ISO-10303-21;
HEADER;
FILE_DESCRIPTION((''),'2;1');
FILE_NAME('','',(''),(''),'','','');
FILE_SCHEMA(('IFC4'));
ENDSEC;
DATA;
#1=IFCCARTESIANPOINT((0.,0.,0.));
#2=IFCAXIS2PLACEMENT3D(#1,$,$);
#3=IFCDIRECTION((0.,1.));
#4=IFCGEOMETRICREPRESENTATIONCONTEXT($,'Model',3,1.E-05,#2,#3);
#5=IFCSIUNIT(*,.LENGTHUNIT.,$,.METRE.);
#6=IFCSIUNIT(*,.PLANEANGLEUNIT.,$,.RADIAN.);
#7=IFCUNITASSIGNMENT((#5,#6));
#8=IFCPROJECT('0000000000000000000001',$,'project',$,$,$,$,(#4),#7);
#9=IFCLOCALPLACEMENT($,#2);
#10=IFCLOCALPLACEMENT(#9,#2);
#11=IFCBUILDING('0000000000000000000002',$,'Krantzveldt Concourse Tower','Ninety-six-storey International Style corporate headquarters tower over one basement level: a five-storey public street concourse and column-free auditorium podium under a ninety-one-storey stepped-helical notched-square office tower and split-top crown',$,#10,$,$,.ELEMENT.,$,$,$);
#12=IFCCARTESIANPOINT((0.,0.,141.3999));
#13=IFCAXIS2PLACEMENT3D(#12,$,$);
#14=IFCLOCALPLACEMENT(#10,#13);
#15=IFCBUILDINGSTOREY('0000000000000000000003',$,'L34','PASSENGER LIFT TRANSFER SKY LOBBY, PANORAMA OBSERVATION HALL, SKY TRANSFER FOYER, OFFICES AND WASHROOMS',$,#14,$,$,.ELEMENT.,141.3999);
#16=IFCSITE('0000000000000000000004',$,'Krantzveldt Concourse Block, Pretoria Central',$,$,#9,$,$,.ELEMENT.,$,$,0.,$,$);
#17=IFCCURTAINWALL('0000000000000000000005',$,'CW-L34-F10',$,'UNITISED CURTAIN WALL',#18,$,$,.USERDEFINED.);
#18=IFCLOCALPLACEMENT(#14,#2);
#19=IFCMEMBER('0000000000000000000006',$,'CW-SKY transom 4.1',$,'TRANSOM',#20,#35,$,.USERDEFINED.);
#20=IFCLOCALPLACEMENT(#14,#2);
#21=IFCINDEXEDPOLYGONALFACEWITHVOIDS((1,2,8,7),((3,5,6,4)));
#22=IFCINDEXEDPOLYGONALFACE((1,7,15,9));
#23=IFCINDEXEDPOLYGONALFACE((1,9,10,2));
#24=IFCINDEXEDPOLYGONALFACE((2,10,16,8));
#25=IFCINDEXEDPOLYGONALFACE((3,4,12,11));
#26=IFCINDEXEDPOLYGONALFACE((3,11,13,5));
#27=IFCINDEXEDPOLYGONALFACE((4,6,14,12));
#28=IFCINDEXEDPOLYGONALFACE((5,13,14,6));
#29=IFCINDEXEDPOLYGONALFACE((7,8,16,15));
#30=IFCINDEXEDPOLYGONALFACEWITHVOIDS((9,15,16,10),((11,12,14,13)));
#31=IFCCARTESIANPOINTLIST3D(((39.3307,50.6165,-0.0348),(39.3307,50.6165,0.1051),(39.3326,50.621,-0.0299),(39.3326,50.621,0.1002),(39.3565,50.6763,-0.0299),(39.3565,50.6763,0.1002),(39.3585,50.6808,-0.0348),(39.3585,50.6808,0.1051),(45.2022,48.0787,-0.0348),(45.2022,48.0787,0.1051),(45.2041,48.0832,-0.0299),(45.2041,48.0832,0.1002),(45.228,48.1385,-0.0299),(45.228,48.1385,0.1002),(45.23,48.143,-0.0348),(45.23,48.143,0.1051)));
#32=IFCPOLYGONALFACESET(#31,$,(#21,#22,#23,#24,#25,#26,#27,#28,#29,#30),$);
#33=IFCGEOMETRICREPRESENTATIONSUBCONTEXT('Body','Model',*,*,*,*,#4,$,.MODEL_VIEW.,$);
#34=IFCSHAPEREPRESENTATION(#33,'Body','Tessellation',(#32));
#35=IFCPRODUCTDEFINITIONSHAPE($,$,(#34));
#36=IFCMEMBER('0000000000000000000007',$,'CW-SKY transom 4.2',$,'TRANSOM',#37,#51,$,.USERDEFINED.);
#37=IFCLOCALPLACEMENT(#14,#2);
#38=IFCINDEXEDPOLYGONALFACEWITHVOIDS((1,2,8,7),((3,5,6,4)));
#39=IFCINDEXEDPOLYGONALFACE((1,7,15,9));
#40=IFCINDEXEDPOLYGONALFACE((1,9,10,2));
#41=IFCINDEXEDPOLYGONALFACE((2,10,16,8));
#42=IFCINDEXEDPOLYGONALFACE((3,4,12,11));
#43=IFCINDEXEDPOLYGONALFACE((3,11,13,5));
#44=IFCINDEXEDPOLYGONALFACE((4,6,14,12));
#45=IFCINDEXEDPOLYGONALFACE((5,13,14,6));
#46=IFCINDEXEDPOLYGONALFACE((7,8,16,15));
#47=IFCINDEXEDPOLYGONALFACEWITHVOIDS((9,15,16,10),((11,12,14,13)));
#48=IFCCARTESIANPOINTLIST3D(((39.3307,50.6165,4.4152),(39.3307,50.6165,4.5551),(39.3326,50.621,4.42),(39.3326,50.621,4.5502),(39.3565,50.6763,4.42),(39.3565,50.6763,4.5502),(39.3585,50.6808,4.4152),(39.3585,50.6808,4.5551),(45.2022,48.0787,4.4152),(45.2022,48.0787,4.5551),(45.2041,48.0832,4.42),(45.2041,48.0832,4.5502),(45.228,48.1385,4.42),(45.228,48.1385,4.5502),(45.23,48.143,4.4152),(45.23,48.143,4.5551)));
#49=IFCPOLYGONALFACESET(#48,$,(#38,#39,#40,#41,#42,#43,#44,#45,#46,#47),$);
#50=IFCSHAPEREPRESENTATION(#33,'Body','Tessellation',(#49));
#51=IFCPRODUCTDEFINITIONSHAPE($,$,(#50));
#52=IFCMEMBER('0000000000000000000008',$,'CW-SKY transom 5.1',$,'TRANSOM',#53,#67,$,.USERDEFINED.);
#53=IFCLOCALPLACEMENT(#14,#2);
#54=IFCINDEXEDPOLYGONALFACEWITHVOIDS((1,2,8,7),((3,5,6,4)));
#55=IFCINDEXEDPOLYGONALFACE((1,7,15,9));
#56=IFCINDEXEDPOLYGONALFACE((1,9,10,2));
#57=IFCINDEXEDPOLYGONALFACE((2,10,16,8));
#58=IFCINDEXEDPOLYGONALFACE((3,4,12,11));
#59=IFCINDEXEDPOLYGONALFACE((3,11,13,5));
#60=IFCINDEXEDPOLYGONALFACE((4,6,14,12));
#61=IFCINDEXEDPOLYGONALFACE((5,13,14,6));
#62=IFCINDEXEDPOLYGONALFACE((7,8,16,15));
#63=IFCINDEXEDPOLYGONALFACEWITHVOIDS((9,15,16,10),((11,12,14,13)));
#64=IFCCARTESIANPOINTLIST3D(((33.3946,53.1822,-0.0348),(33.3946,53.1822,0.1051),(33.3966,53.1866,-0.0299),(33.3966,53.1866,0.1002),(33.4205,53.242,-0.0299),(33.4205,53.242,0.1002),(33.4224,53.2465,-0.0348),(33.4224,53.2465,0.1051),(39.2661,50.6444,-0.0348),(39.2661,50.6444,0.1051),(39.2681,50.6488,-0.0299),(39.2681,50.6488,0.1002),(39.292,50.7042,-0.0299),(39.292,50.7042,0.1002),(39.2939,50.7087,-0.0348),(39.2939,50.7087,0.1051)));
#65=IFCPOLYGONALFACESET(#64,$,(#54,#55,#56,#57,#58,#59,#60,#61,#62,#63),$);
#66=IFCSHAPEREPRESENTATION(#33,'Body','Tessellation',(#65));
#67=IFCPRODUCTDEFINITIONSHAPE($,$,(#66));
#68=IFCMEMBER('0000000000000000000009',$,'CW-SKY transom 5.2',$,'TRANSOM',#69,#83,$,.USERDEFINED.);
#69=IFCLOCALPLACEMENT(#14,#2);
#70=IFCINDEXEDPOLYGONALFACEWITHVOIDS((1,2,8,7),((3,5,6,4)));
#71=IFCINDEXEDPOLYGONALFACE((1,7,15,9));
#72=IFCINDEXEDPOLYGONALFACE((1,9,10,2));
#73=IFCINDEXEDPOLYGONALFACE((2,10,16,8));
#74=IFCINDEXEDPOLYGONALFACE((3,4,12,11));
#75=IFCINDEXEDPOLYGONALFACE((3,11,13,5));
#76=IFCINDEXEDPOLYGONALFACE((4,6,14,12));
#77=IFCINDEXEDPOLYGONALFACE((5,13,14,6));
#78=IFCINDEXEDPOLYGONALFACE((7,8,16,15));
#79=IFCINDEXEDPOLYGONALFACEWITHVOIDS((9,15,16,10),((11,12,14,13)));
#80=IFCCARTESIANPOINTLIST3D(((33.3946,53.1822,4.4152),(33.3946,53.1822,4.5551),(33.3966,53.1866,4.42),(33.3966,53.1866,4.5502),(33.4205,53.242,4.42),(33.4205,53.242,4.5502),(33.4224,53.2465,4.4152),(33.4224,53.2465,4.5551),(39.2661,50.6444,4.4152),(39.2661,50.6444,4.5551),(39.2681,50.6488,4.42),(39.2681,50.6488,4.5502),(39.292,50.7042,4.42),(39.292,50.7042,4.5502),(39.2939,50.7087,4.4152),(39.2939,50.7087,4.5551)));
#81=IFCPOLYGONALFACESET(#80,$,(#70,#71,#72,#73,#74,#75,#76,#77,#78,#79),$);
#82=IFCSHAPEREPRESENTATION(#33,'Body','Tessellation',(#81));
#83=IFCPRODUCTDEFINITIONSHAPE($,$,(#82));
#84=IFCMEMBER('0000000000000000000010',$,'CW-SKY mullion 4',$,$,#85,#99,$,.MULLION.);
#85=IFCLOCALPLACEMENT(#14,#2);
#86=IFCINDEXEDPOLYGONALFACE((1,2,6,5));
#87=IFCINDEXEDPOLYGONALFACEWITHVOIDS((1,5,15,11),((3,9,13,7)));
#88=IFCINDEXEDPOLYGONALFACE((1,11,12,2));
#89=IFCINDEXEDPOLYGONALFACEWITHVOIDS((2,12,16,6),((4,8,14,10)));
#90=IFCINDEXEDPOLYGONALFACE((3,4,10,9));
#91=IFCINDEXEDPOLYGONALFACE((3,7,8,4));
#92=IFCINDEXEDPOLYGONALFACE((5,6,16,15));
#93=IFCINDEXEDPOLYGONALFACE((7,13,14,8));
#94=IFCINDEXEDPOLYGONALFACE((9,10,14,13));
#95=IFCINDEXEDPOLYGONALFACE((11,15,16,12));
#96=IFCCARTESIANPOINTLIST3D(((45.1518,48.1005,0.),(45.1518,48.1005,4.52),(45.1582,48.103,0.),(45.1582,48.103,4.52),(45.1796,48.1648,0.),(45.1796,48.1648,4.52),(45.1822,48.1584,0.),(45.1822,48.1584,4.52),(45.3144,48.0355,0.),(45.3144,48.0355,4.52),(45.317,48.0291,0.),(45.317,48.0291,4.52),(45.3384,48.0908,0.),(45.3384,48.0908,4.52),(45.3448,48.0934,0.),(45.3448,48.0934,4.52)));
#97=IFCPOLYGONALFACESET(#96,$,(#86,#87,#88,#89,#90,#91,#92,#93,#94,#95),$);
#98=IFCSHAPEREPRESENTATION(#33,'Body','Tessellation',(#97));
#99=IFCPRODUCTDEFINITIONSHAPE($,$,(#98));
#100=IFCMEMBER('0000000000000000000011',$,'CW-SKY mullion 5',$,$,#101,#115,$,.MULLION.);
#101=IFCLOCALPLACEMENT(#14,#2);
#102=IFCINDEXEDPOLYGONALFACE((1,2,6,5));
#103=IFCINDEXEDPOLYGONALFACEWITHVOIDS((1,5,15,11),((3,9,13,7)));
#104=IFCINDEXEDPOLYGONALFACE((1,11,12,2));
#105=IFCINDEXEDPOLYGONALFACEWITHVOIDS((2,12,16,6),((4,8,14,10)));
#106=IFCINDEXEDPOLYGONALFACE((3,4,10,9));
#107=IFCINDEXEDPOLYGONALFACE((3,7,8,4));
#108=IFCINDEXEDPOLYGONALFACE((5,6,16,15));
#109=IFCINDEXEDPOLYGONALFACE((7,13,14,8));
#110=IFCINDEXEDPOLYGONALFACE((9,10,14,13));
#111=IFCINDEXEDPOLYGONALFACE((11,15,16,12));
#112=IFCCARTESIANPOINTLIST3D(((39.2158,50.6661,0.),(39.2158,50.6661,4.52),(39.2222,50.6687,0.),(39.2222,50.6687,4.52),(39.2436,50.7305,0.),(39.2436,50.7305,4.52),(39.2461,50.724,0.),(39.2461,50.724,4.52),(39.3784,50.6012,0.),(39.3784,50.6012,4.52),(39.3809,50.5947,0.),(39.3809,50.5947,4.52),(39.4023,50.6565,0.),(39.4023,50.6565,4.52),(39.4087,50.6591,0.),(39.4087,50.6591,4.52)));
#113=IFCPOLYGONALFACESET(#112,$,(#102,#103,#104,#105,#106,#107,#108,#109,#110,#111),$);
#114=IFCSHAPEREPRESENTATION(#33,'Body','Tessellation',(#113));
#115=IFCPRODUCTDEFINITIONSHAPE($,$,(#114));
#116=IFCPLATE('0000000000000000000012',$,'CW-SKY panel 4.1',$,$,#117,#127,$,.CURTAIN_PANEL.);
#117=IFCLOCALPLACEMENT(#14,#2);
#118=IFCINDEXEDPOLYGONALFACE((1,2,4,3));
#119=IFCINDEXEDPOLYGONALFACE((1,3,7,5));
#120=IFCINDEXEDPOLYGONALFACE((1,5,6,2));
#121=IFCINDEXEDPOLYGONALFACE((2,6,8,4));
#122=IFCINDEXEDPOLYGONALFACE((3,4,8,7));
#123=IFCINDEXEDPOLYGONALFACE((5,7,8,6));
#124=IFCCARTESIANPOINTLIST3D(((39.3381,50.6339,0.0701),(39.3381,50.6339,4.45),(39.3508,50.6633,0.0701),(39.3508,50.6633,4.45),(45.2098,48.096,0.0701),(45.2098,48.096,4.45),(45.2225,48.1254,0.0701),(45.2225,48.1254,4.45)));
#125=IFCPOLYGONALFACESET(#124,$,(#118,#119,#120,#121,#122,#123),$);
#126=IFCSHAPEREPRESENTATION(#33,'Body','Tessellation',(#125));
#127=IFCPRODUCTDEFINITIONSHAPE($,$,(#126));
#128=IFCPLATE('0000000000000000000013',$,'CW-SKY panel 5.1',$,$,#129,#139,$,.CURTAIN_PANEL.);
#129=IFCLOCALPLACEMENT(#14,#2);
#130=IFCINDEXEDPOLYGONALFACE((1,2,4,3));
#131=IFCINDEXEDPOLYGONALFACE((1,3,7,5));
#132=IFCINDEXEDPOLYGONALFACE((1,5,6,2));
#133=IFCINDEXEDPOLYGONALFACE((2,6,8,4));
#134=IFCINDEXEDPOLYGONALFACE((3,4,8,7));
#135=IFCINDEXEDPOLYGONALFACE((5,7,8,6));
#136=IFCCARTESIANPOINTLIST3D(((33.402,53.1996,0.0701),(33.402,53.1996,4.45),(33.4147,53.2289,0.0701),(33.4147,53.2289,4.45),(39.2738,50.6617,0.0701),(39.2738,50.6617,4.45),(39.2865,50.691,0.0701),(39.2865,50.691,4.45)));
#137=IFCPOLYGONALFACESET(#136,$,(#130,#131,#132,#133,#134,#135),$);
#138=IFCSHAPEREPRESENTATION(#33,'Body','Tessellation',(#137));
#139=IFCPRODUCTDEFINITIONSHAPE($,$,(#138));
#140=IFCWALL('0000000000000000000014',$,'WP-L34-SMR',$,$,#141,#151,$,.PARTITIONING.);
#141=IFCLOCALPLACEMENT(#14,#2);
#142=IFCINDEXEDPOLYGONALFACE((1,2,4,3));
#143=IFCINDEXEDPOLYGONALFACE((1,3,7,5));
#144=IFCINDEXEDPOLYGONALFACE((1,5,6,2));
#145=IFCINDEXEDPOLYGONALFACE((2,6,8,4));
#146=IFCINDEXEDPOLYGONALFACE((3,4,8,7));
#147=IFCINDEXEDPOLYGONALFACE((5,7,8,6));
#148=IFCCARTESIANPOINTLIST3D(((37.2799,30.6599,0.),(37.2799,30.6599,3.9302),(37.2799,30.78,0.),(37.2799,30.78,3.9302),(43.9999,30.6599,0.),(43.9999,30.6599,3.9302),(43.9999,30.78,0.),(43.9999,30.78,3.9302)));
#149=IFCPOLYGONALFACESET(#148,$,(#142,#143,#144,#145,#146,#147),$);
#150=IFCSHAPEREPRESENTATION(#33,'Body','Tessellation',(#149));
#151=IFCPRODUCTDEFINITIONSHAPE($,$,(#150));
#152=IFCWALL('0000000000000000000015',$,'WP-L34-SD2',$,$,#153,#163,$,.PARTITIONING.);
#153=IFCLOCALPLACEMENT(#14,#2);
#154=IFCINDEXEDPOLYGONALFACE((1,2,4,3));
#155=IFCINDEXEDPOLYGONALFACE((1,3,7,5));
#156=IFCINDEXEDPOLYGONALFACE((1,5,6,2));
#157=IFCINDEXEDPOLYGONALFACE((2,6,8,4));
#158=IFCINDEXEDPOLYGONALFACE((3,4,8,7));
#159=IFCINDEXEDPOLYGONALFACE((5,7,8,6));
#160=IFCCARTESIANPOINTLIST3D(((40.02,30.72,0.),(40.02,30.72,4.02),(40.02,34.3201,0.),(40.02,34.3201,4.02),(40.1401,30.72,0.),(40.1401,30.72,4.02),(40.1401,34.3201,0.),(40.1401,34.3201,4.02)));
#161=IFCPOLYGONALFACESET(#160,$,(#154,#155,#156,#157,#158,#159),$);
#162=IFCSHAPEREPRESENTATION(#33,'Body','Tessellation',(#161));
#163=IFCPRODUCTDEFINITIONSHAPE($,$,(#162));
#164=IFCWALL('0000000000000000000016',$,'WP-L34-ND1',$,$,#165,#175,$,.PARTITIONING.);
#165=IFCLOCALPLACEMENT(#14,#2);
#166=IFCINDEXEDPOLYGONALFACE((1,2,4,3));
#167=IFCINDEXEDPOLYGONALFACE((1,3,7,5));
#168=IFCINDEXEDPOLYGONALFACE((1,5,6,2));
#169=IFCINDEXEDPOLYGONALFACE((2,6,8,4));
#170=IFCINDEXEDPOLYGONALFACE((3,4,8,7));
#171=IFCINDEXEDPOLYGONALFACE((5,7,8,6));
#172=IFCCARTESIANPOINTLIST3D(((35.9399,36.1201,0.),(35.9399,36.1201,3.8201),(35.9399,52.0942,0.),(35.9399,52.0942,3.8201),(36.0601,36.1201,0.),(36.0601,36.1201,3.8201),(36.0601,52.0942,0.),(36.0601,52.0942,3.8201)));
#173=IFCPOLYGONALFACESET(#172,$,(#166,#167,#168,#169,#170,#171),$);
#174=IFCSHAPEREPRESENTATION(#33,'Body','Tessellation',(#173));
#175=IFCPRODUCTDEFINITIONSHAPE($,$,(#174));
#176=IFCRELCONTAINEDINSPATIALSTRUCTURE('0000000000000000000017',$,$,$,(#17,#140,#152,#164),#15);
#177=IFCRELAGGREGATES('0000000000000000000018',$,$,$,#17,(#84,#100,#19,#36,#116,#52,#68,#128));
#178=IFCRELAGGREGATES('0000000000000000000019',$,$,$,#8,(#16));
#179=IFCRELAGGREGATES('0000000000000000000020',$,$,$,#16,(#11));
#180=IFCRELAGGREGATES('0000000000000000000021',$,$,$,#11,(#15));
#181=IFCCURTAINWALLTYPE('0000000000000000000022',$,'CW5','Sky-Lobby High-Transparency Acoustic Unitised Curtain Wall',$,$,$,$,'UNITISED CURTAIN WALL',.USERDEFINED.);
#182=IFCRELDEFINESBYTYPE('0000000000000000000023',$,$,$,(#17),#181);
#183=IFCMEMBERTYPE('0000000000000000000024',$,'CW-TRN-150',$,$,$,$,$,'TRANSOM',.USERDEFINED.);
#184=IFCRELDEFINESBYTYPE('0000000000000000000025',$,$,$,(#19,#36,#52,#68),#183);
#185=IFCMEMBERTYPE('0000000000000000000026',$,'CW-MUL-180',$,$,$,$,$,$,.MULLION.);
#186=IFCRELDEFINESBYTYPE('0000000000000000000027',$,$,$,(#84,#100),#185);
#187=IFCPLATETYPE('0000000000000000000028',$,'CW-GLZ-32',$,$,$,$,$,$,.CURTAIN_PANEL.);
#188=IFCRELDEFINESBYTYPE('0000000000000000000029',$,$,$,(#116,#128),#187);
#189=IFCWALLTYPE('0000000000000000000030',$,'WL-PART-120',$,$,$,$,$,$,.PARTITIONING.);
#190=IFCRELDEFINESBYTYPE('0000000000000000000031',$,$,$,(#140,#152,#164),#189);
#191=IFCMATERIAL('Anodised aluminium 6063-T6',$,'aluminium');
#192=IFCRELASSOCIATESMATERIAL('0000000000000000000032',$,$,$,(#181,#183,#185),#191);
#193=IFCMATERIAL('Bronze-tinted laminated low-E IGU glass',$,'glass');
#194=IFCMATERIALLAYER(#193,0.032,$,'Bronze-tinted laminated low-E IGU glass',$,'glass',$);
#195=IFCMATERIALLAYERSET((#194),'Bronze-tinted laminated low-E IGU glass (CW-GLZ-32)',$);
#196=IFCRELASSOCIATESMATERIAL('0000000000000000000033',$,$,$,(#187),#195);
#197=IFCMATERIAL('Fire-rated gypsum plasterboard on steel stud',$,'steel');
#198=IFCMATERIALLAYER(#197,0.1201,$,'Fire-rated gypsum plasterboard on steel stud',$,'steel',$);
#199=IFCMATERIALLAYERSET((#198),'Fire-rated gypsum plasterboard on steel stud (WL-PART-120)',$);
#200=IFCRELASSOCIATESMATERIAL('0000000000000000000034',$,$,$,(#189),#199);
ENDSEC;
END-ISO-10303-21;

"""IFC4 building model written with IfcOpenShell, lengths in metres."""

from ifc_helpers import new_model, si_unit, direction, frame, frame_2d, origin, origin_2d, place, context, subcontext, project, spatial, rectangle, hollow_rectangle, extrude, source, transform, mapped, material, layer, layer_set, material_profile, profile_set, type_object, type_shapes, element, aggregate, save


model = new_model("IFC4")

# Units and contexts
model_context = context("Model", 3, precision=1e-05, world=origin(), true_north=direction((0.0, 1.0)))
body_context = subcontext(model_context, "Body", "Model", "MODEL_VIEW")
ifc_project = project(units=[si_unit("LENGTHUNIT", "METRE"), si_unit("PLANEANGLEUNIT", "RADIAN")], contexts=[model_context])

# Site, building, storey
site_placement = place(None, origin())
site = spatial("IfcSite", under=ifc_project, at=site_placement, Name="Krantzveldt Concourse Block, Pretoria Central", CompositionType="ELEMENT", RefElevation=0.0)
building_placement = place(site_placement, origin())
building = spatial("IfcBuilding", under=site, at=building_placement, Name="Krantzveldt Concourse Tower", Description="Ninety-six-storey International Style corporate headquarters tower over one basement level: a five-storey public street concourse and column-free auditorium podium under a ninety-one-storey stepped-helical notched-square office tower and split-top crown", CompositionType="ELEMENT")
storey_placement = place(building_placement, frame((0.0, 0.0, 141.3999)))
storey = spatial("IfcBuildingStorey", under=building, at=storey_placement, Name="L34", Description="PASSENGER LIFT TRANSFER SKY LOBBY, PANORAMA OBSERVATION HALL, SKY TRANSFER FOYER, OFFICES AND WASHROOMS", CompositionType="ELEMENT", Elevation=141.3999)

# Curtain wall, members, plates
ifc_material_1 = material(Name="Anodised aluminium 6063-T6", Category="aluminium")
curtain_wall_type = type_object("IfcCurtainWallType", Name="CW5", Description="Sky-Lobby High-Transparency Acoustic Unitised Curtain Wall", ElementType="UNITISED CURTAIN WALL", PredefinedType="USERDEFINED", material=ifc_material_1)
curtain_wall_placement = place(storey_placement, origin())
curtain_wall = element("IfcCurtainWall", 1, at=curtain_wall_placement, inside=storey, type_object=curtain_wall_type, Name="CW-L34-F10", ObjectType="UNITISED CURTAIN WALL", PredefinedType="USERDEFINED")
ifc_material_profile_1 = material_profile(ifc_material_1, hollow_rectangle(XDim=0.0701, YDim=0.1399, WallThickness=0.0049, at=origin_2d()), Name="Anodised aluminium 6063-T6", Category="aluminium")
ifc_profile_set_1 = profile_set([ifc_material_profile_1], Name="Anodised aluminium 6063-T6 - ALU-TRAN 140x70x5")
member_type_1 = type_object("IfcMemberType", Name="CW-TRN-150", ElementType="TRANSOM", PredefinedType="USERDEFINED", material=ifc_profile_set_1)
shared_shape_1 = source(origin(), body_context, "Body", "SweptSolid", [
    extrude(hollow_rectangle(XDim=0.0701, YDim=0.1399, WallThickness=0.0049, at=origin_2d()), origin(), (0.0, 0.0, 1.0), 6.3965),
])
type_shapes(member_type_1, [shared_shape_1])
member_1_placement = place(storey_placement, frame((45.2161, 48.1108, 0.0352), z_axis=(-0.917927, 0.39675, 0.0), x_axis=(-0.39675, -0.917927, 0.0)))
member_1 = element("IfcMember", 2, at=member_1_placement, type_object=member_type_1, Name="CW-SKY transom 4.1", ObjectType="TRANSOM", PredefinedType="USERDEFINED", context=body_context, shape_type="MappedRepresentation", body=[
    mapped(shared_shape_1, transform((0.0, 0.0, 0.0), x_axis=(1.0, 0.0, 0.0), y_axis=(0.0, 1.0, 0.0), z_axis=(0.0, 0.0, 1.0), scale=1.0)),
])
member_2_placement = place(storey_placement, frame((45.2161, 48.1108, 4.4851), z_axis=(-0.917927, 0.39675, 0.0), x_axis=(-0.39675, -0.917927, 0.0)))
member_2 = element("IfcMember", 3, at=member_2_placement, type_object=member_type_1, Name="CW-SKY transom 4.2", ObjectType="TRANSOM", PredefinedType="USERDEFINED", context=body_context, shape_type="MappedRepresentation", body=[
    mapped(shared_shape_1, transform((0.0, 0.0, 0.0), x_axis=(1.0, 0.0, 0.0), y_axis=(0.0, 1.0, 0.0), z_axis=(0.0, 0.0, 1.0), scale=1.0)),
])
member_3_placement = place(storey_placement, frame((39.28, 50.6765, 0.0352), z_axis=(-0.917927, 0.39675, 0.0), x_axis=(-0.39675, -0.917927, 0.0)))
member_3 = element("IfcMember", 4, at=member_3_placement, type_object=member_type_1, Name="CW-SKY transom 5.1", ObjectType="TRANSOM", PredefinedType="USERDEFINED", context=body_context, shape_type="MappedRepresentation", body=[
    mapped(shared_shape_1, transform((0.0, 0.0, 0.0), x_axis=(1.0, 0.0, 0.0), y_axis=(0.0, 1.0, 0.0), z_axis=(0.0, 0.0, 1.0), scale=1.0)),
])
member_4_placement = place(storey_placement, frame((39.28, 50.6765, 4.4851), z_axis=(-0.917927, 0.39675, 0.0), x_axis=(-0.39675, -0.917927, 0.0)))
member_4 = element("IfcMember", 5, at=member_4_placement, type_object=member_type_1, Name="CW-SKY transom 5.2", ObjectType="TRANSOM", PredefinedType="USERDEFINED", context=body_context, shape_type="MappedRepresentation", body=[
    mapped(shared_shape_1, transform((0.0, 0.0, 0.0), x_axis=(1.0, 0.0, 0.0), y_axis=(0.0, 1.0, 0.0), z_axis=(0.0, 0.0, 1.0), scale=1.0)),
])
ifc_material_profile_2 = material_profile(ifc_material_1, hollow_rectangle(XDim=0.0701, YDim=0.1799, WallThickness=0.0049, at=origin_2d()), Name="Anodised aluminium 6063-T6", Category="aluminium")
ifc_profile_set_2 = profile_set([ifc_material_profile_2], Name="Anodised aluminium 6063-T6 - ALU-MULL 180x70x5")
member_type_2 = type_object("IfcMemberType", Name="CW-MUL-180", PredefinedType="MULLION", material=ifc_profile_set_2)
shared_shape_2 = source(origin(), body_context, "Body", "SweptSolid", [
    extrude(hollow_rectangle(XDim=0.0701, YDim=0.1799, WallThickness=0.0049, at=origin_2d()), origin(), (0.0, 0.0, 1.0), 4.52),
])
type_shapes(member_type_2, [shared_shape_2])
member_5_placement = place(storey_placement, frame((45.2483, 48.0969, 0.0), z_axis=(0.0, 0.0, 1.0), x_axis=(-0.396747, -0.917928, 0.0)))
member_5 = element("IfcMember", 6, at=member_5_placement, type_object=member_type_2, Name="CW-SKY mullion 4", PredefinedType="MULLION", context=body_context, shape_type="MappedRepresentation", body=[
    mapped(shared_shape_2, transform((0.0, 0.0, 0.0), x_axis=(1.0, 0.0, 0.0), y_axis=(0.0, 1.0, 0.0), z_axis=(0.0, 0.0, 1.0), scale=1.0)),
])
member_6_placement = place(storey_placement, frame((39.3123, 50.6626, 0.0), z_axis=(0.0, 0.0, 1.0), x_axis=(-0.396747, -0.917928, 0.0)))
member_6 = element("IfcMember", 7, at=member_6_placement, type_object=member_type_2, Name="CW-SKY mullion 5", PredefinedType="MULLION", context=body_context, shape_type="MappedRepresentation", body=[
    mapped(shared_shape_2, transform((0.0, 0.0, 0.0), x_axis=(1.0, 0.0, 0.0), y_axis=(0.0, 1.0, 0.0), z_axis=(0.0, 0.0, 1.0), scale=1.0)),
])
ifc_material_2 = material(Name="Bronze-tinted laminated low-E IGU glass", Category="glass")
ifc_layer_1 = layer(ifc_material_2, 0.032, Name="Bronze-tinted laminated low-E IGU glass", Category="glass")
ifc_layer_set_1 = layer_set([ifc_layer_1], Name="Bronze-tinted laminated low-E IGU glass (CW-GLZ-32)")
plate_type = type_object("IfcPlateType", Name="CW-GLZ-32", PredefinedType="CURTAIN_PANEL", material=ifc_layer_set_1)
shared_shape_3 = source(origin(), body_context, "Body", "SweptSolid", [
    extrude(rectangle(XDim=6.3967, YDim=0.032, at=origin_2d()), origin(), (0.0, 0.0, 1.0), 4.3799),
])
type_shapes(plate_type, [shared_shape_3])
plate_1_placement = place(storey_placement, frame((42.2803, 49.3796, 0.0701), z_axis=(0.0, 0.0, 1.0), x_axis=(-0.917928, 0.396747, 0.0)))
plate_1 = element("IfcPlate", 8, at=plate_1_placement, type_object=plate_type, Name="CW-SKY panel 4.1", PredefinedType="CURTAIN_PANEL", context=body_context, shape_type="MappedRepresentation", body=[
    mapped(shared_shape_3, transform((0.0, 0.0, 0.0), x_axis=(1.0, 0.0, 0.0), y_axis=(0.0, 1.0, 0.0), z_axis=(0.0, 0.0, 1.0), scale=1.0)),
])
plate_2_placement = place(storey_placement, frame((36.3442, 51.9453, 0.0701), z_axis=(0.0, 0.0, 1.0), x_axis=(-0.917928, 0.396747, 0.0)))
plate_2 = element("IfcPlate", 9, at=plate_2_placement, type_object=plate_type, Name="CW-SKY panel 5.1", PredefinedType="CURTAIN_PANEL", context=body_context, shape_type="MappedRepresentation", body=[
    mapped(shared_shape_3, transform((0.0, 0.0, 0.0), x_axis=(1.0, 0.0, 0.0), y_axis=(0.0, 1.0, 0.0), z_axis=(0.0, 0.0, 1.0), scale=1.0)),
])
aggregate(curtain_wall, [member_5, member_6, member_1, member_2, plate_1, member_3, member_4, plate_2])

# Walls
ifc_material_3 = material(Name="Fire-rated gypsum plasterboard on steel stud", Category="steel")
ifc_layer_2 = layer(ifc_material_3, 0.1201, Name="Fire-rated gypsum plasterboard on steel stud", Category="steel")
ifc_layer_set_2 = layer_set([ifc_layer_2], Name="Fire-rated gypsum plasterboard on steel stud (WL-PART-120)")
wall_type_1 = type_object("IfcWallType", Name="WL-PART-120", PredefinedType="PARTITIONING", material=ifc_layer_set_2)
wall_1_placement = place(storey_placement, frame((37.28, 30.72, 0.0), z_axis=(0.0, 0.0, 1.0), x_axis=(1.0, 0.0, 0.0)))
element("IfcWall", 10, at=wall_1_placement, inside=storey, type_object=wall_type_1, Name="WP-L34-SMR", PredefinedType="PARTITIONING", context=body_context, shape_type="SweptSolid", body=[
    extrude(rectangle(XDim=6.72, YDim=0.1201, at=frame_2d((3.3599, 0.0))), origin(), (0.0, 0.0, 1.0), 3.9302),
])
wall_2_placement = place(storey_placement, frame((40.0801, 30.72, 0.0), z_axis=(0.0, 0.0, 1.0), x_axis=(0.0, 1.0, 0.0)))
element("IfcWall", 11, at=wall_2_placement, inside=storey, type_object=wall_type_1, Name="WP-L34-SD2", PredefinedType="PARTITIONING", context=body_context, shape_type="SweptSolid", body=[
    extrude(rectangle(XDim=3.6001, YDim=0.1201, at=frame_2d((1.8, 0.0))), origin(), (0.0, 0.0, 1.0), 4.02),
])
wall_3_placement = place(storey_placement, frame((36.0, 36.1201, 0.0), z_axis=(0.0, 0.0, 1.0), x_axis=(0.0, 1.0, 0.0)))
element("IfcWall", 12, at=wall_3_placement, inside=storey, type_object=wall_type_1, Name="WP-L34-ND1", PredefinedType="PARTITIONING", context=body_context, shape_type="SweptSolid", body=[
    extrude(rectangle(XDim=15.9741, YDim=0.1201, at=frame_2d((7.9871, 0.0))), origin(), (0.0, 0.0, 1.0), 3.8201),
])

save(model, "model.ifc")
